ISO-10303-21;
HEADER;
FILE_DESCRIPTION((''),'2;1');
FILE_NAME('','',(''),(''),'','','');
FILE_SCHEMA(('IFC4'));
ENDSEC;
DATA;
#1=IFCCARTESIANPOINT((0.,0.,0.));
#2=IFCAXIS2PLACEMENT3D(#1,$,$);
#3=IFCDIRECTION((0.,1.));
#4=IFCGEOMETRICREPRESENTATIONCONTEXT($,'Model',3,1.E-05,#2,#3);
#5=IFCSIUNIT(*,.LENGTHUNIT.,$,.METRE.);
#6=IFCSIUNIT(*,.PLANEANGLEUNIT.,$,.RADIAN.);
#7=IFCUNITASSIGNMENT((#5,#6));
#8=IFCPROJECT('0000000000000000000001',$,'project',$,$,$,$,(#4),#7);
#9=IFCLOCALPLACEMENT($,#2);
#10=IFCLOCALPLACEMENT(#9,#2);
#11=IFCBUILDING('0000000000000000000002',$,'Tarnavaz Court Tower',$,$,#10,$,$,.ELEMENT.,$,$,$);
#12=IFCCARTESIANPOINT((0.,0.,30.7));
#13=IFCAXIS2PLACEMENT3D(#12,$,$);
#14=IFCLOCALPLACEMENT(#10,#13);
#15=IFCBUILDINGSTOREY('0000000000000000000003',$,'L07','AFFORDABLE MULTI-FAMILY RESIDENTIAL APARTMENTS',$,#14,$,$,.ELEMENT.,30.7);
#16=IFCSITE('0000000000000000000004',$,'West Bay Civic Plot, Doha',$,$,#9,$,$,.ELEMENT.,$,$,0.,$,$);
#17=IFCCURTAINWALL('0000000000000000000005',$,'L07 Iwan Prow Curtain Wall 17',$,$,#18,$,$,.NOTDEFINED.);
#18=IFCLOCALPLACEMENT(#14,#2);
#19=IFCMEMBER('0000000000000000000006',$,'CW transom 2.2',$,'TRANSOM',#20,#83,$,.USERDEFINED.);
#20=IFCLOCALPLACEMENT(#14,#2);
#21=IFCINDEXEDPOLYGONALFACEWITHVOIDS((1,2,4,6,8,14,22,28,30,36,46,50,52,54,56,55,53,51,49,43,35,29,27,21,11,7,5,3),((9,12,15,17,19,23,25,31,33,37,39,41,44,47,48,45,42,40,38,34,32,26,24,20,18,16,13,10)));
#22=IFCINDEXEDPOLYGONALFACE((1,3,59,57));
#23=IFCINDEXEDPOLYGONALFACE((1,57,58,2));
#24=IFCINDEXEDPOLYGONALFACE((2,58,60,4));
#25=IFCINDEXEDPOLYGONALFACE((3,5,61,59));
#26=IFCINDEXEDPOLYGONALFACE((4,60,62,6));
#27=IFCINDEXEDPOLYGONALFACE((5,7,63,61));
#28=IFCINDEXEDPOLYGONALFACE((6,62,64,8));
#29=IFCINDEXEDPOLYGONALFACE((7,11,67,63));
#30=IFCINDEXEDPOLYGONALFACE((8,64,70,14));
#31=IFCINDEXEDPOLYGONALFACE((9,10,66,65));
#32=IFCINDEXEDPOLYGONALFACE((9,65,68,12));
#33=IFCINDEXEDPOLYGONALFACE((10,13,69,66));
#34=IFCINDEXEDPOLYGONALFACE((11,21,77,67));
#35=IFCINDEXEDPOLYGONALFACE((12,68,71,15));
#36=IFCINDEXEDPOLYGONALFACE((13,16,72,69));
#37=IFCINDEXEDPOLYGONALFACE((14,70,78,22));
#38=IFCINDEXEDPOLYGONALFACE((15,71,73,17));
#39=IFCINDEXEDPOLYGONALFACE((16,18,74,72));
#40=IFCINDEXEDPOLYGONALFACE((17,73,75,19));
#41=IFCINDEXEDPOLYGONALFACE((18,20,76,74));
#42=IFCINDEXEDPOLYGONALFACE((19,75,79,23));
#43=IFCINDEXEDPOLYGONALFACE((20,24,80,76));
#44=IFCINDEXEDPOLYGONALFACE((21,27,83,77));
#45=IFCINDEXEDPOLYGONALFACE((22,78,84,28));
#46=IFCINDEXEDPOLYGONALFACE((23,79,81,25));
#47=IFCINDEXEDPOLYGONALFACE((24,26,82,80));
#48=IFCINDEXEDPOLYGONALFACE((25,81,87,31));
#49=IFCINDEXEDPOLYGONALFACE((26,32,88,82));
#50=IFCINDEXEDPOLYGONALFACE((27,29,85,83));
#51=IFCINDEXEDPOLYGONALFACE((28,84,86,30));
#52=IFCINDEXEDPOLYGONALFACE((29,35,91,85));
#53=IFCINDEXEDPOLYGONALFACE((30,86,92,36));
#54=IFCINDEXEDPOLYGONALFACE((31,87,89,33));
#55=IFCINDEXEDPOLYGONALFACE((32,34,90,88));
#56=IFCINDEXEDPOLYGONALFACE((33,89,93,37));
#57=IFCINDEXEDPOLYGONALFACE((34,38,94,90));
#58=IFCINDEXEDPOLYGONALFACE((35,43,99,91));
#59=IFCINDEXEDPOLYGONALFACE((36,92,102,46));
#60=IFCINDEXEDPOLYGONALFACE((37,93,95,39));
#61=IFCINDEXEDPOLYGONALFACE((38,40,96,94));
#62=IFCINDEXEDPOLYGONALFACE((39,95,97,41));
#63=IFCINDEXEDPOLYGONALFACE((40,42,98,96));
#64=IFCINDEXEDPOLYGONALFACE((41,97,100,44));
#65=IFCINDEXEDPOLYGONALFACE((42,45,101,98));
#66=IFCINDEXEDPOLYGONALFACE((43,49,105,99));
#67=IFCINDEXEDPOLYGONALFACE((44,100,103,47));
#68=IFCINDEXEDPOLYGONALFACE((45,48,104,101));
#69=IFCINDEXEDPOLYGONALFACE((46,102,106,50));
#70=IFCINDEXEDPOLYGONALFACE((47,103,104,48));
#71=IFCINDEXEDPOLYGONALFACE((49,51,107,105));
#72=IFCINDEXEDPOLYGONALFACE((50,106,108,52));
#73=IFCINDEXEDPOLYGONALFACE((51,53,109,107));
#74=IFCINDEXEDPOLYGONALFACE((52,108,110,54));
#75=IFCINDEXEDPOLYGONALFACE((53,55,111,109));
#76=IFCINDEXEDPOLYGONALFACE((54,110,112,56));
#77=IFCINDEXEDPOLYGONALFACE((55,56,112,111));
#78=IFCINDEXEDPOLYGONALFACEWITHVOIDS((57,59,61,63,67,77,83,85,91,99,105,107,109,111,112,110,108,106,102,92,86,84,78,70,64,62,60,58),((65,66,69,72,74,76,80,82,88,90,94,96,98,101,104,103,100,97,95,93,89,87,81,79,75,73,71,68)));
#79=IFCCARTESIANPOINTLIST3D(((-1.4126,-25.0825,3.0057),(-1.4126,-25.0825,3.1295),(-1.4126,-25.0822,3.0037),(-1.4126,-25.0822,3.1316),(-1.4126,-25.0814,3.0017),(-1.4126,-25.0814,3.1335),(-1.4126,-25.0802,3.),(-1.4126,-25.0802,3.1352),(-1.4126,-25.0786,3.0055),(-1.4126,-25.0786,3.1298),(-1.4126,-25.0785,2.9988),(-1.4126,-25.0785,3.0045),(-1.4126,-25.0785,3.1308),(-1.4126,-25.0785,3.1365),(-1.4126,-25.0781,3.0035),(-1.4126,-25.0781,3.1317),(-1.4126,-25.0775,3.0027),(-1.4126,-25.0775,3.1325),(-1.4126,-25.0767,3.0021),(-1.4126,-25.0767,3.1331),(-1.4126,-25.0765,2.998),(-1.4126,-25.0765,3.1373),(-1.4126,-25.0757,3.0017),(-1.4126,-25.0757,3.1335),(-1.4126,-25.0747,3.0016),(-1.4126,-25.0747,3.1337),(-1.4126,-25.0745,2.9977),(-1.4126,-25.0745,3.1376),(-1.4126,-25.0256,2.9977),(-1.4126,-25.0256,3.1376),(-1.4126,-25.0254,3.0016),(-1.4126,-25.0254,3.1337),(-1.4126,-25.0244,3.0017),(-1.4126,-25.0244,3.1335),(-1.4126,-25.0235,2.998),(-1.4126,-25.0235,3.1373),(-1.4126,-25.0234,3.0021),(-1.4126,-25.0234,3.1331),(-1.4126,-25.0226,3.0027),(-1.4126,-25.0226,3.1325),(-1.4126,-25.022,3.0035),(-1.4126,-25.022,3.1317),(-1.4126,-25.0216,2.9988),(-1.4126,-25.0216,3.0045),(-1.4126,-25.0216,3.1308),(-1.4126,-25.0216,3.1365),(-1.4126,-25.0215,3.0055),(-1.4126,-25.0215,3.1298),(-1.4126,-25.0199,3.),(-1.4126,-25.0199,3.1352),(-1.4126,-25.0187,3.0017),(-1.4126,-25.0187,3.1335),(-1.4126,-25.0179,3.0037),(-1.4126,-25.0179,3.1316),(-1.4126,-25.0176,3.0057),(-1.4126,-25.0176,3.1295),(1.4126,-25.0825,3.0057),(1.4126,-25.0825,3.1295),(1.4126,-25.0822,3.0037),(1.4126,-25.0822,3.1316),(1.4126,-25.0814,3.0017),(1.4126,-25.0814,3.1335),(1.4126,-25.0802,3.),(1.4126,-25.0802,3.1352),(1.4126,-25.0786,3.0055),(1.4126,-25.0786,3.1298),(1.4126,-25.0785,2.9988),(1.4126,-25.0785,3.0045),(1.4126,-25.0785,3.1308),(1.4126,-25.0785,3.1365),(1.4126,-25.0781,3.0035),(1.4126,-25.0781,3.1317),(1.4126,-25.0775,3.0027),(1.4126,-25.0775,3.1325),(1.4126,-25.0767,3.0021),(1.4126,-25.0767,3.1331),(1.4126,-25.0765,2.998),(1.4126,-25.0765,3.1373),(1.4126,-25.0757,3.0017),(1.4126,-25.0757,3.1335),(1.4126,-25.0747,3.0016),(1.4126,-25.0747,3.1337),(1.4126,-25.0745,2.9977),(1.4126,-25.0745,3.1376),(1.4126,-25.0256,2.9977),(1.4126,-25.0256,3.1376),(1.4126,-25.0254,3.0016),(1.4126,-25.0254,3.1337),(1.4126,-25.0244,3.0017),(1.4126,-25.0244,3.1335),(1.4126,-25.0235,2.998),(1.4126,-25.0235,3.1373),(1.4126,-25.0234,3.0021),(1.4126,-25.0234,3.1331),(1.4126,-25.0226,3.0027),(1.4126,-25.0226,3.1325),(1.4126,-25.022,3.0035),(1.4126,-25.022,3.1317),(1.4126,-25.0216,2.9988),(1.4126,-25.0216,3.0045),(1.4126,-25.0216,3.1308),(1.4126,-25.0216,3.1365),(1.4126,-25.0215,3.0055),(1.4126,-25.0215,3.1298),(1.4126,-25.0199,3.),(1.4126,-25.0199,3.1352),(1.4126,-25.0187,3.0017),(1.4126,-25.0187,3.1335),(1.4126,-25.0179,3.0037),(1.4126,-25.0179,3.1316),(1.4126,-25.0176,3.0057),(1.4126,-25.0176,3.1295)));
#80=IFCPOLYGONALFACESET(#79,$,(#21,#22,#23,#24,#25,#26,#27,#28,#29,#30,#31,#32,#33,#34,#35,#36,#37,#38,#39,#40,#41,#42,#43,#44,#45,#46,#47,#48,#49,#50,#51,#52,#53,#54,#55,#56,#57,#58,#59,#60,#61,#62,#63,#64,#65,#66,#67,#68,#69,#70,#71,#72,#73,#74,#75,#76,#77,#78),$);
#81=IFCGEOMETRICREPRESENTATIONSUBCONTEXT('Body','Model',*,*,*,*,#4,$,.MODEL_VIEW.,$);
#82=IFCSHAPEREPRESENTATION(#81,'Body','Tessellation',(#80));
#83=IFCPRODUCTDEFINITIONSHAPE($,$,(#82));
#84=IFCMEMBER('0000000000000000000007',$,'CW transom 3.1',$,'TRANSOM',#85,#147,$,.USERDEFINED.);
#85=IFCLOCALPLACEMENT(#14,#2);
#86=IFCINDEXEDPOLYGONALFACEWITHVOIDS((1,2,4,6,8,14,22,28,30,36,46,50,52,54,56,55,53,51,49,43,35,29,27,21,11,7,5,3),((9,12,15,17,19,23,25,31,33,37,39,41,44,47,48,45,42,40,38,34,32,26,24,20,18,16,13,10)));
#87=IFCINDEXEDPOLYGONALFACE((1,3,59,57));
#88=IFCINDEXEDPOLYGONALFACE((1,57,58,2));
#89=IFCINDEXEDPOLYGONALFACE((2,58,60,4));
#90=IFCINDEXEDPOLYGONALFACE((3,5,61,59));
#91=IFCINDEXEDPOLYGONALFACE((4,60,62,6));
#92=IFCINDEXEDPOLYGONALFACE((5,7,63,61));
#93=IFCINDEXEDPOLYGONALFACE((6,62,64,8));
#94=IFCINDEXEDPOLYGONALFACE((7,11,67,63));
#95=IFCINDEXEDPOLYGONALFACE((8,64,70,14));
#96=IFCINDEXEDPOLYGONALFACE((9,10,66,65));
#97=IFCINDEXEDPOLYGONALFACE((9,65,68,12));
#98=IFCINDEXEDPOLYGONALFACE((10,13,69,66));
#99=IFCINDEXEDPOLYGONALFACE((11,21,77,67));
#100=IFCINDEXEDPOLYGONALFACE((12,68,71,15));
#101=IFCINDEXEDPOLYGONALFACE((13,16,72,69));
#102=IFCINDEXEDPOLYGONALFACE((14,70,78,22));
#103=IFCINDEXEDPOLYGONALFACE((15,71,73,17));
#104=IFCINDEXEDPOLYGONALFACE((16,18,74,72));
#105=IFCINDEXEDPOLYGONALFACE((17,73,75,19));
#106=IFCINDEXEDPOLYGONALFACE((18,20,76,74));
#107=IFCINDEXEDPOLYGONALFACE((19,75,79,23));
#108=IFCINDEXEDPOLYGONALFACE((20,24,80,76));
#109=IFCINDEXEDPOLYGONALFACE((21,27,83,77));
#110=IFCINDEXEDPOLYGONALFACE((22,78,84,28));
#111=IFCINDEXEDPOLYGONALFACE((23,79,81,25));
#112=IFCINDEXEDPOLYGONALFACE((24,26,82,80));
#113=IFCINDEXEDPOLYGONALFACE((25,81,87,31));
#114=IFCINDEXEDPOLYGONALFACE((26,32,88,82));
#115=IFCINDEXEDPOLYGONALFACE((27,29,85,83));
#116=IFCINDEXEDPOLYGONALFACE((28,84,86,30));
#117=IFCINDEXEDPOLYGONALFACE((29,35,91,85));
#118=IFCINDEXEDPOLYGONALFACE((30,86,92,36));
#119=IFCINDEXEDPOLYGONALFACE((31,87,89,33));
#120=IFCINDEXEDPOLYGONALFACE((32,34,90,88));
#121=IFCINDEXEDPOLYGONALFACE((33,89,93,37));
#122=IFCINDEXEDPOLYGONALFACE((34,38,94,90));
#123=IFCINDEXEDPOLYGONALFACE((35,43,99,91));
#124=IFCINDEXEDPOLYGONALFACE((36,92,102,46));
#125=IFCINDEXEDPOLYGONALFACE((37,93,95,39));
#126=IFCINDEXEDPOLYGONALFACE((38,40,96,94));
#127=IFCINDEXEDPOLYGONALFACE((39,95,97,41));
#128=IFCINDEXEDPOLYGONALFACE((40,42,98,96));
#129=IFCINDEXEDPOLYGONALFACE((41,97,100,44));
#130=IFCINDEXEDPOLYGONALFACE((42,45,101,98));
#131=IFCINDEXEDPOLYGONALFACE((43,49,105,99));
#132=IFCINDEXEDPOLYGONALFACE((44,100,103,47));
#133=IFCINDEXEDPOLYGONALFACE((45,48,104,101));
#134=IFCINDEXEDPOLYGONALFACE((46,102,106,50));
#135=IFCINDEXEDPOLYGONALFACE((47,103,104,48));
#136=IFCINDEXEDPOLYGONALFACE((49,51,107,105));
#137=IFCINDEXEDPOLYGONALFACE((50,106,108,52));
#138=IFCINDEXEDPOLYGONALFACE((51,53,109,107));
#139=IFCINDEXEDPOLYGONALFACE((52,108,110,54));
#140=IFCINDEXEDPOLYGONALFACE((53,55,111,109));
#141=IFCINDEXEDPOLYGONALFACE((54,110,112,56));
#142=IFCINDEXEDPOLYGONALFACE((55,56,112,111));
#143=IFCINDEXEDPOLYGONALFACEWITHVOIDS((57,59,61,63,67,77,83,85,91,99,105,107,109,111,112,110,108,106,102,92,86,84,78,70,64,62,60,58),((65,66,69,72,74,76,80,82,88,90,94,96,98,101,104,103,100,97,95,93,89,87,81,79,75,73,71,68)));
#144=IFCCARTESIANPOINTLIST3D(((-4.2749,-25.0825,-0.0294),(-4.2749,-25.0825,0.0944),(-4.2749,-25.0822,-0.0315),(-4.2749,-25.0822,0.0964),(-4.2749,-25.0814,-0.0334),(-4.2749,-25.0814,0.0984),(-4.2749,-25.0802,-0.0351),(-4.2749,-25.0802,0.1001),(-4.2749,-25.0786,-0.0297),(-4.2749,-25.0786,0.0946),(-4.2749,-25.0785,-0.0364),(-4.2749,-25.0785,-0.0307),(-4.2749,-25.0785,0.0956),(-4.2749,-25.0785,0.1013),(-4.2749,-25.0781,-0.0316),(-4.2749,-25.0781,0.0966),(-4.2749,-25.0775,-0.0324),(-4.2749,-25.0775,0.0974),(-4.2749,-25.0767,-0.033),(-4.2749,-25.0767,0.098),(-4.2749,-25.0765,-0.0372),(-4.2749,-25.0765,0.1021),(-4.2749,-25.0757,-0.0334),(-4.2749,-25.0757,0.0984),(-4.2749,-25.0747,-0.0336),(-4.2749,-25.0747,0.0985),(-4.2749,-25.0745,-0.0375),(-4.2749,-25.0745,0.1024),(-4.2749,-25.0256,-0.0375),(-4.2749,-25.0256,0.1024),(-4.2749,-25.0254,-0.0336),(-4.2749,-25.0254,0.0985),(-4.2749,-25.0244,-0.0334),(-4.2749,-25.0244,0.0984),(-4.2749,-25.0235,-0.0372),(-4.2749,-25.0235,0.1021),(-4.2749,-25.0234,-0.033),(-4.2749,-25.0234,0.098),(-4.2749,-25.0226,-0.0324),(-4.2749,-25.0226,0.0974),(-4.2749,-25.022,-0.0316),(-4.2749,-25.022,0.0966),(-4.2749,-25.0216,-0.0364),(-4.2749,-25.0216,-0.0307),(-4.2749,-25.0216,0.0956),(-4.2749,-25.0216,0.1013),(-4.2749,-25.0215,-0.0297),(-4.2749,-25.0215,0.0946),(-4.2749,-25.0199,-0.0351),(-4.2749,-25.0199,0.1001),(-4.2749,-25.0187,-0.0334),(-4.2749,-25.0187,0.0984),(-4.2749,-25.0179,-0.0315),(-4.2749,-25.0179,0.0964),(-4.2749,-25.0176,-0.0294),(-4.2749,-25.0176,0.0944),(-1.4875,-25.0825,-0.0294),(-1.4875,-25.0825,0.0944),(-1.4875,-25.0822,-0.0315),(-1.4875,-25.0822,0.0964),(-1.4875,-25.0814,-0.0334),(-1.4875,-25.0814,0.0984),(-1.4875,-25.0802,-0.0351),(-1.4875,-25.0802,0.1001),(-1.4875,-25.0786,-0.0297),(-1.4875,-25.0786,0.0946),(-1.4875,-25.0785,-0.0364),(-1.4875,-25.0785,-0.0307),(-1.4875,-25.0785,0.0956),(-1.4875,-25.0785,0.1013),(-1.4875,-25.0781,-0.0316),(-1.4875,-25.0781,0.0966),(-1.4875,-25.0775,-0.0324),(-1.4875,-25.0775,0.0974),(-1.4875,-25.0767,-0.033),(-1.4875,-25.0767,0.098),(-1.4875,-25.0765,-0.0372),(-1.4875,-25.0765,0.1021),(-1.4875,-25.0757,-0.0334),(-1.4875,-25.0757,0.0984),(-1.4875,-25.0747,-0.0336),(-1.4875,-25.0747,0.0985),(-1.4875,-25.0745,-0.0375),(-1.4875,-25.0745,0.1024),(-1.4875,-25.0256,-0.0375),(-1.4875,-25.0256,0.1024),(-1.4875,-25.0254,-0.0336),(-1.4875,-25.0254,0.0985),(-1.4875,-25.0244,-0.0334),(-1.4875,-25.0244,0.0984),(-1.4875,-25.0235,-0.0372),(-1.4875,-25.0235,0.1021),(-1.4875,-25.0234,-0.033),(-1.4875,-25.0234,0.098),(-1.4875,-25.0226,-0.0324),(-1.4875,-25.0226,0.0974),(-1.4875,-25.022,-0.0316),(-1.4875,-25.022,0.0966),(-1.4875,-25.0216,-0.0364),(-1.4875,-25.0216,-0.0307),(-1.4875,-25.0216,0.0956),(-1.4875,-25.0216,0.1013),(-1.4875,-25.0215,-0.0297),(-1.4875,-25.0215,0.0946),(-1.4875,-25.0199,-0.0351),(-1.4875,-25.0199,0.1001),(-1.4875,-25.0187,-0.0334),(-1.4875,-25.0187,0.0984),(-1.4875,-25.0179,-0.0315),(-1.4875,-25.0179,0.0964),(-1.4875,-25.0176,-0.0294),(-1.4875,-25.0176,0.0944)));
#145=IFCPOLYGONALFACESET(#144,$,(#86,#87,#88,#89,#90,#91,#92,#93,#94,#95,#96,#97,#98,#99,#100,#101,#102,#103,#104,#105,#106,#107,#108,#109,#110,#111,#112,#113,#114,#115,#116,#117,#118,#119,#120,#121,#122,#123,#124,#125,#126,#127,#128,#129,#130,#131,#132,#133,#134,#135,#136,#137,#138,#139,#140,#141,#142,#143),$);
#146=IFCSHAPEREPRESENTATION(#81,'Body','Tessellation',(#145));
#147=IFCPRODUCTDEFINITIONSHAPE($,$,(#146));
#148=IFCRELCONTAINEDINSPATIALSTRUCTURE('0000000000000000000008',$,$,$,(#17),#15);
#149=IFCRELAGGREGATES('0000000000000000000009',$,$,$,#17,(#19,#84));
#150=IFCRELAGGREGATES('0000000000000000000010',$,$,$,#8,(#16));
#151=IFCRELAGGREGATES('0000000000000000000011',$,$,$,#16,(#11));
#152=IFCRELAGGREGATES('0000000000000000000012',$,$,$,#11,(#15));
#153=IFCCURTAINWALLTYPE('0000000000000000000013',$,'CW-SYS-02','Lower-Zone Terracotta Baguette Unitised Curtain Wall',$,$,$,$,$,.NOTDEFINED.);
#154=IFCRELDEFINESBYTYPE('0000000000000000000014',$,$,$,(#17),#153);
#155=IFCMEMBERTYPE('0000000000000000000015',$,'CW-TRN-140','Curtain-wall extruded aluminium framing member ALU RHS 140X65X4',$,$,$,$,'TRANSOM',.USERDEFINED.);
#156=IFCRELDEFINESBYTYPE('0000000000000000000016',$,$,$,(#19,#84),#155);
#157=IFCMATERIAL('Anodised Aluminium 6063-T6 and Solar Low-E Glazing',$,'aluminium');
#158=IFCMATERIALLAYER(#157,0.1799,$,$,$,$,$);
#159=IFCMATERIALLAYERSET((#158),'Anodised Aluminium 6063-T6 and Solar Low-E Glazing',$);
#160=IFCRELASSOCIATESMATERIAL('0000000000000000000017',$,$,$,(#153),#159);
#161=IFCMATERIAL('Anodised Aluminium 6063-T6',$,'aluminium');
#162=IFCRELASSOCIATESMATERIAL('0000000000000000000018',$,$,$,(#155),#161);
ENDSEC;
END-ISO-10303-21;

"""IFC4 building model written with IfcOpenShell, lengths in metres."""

from ifc_helpers import new_model, si_unit, direction, frame, origin, origin_2d, place, context, subcontext, project, spatial, hollow_rectangle, extrude, material, layer, layer_set, material_profile, profile_set, type_object, element, aggregate, save


model = new_model("IFC4")

# Units and contexts
model_context = context("Model", 3, precision=1e-05, world=origin(), true_north=direction((0.0, 1.0)))
body_context = subcontext(model_context, "Body", "Model", "MODEL_VIEW")
ifc_project = project(units=[si_unit("LENGTHUNIT", "METRE"), si_unit("PLANEANGLEUNIT", "RADIAN")], contexts=[model_context])

# Site, building, storey
site_placement = place(None, origin())
site = spatial("IfcSite", under=ifc_project, at=site_placement, Name="West Bay Civic Plot, Doha", CompositionType="ELEMENT", RefElevation=0.0)
building_placement = place(site_placement, origin())
building = spatial("IfcBuilding", under=site, at=building_placement, Name="Tarnavaz Court Tower", CompositionType="ELEMENT")
storey_placement = place(building_placement, frame((0.0, 0.0, 30.7)))
storey = spatial("IfcBuildingStorey", under=building, at=storey_placement, Name="L07", Description="AFFORDABLE MULTI-FAMILY RESIDENTIAL APARTMENTS", CompositionType="ELEMENT", Elevation=30.7)

# Curtain wall, members
ifc_material_1 = material(Name="Anodised Aluminium 6063-T6 and Solar Low-E Glazing", Category="aluminium")
ifc_layer_1 = layer(ifc_material_1, 0.1799)
ifc_layer_set_1 = layer_set([ifc_layer_1], Name="Anodised Aluminium 6063-T6 and Solar Low-E Glazing")
curtain_wall_type = type_object("IfcCurtainWallType", Name="CW-SYS-02", Description="Lower-Zone Terracotta Baguette Unitised Curtain Wall", PredefinedType="NOTDEFINED", material=ifc_layer_set_1)
curtain_wall_placement = place(storey_placement, origin())
curtain_wall = element("IfcCurtainWall", 1, at=curtain_wall_placement, inside=storey, type_object=curtain_wall_type, Name="L07 Iwan Prow Curtain Wall 17", PredefinedType="NOTDEFINED")
ifc_material_2 = material(Name="Anodised Aluminium 6063-T6", Category="aluminium")
ifc_material_profile_1 = material_profile(ifc_material_2, hollow_rectangle(XDim=0.0649, YDim=0.1399, WallThickness=0.0039, InnerFilletRadius=0.0039, OuterFilletRadius=0.0081, at=origin_2d()), Name="ALU RHS 140X65X4")
ifc_profile_set_1 = profile_set([ifc_material_profile_1], Name="Anodised Aluminium 6063-T6")
member_type_1 = type_object("IfcMemberType", Name="CW-TRN-140", Description="Curtain-wall extruded aluminium framing member ALU RHS 140X65X4", ElementType="TRANSOM", PredefinedType="USERDEFINED", material=ifc_profile_set_1)
member_1_placement = place(storey_placement, frame((1.4126, -25.05, 3.0676), z_axis=(-1.0, 0.0, 0.0), x_axis=(0.0, -1.0, 0.0)))
member_1 = element("IfcMember", 2, at=member_1_placement, type_object=member_type_1, Name="CW transom 2.2", ObjectType="TRANSOM", PredefinedType="USERDEFINED", context=body_context, shape_type="SweptSolid", body=[
    extrude(hollow_rectangle(XDim=0.0649, YDim=0.1399, WallThickness=0.0039, InnerFilletRadius=0.0039, OuterFilletRadius=0.0081, at=origin_2d()), origin(), (0.0, 0.0, 1.0), 2.8252),
])
member_2_placement = place(storey_placement, frame((-1.4875, -25.05, 0.0325), z_axis=(-1.0, 0.0, 0.0), x_axis=(0.0, -1.0, 0.0)))
member_2 = element("IfcMember", 3, at=member_2_placement, type_object=member_type_1, Name="CW transom 3.1", ObjectType="TRANSOM", PredefinedType="USERDEFINED", context=body_context, shape_type="SweptSolid", body=[
    extrude(hollow_rectangle(XDim=0.0649, YDim=0.1399, WallThickness=0.0039, InnerFilletRadius=0.0039, OuterFilletRadius=0.0081, at=origin_2d()), origin(), (0.0, 0.0, 1.0), 2.7874),
])
aggregate(curtain_wall, [member_1, member_2])

save(model, "model.ifc")
